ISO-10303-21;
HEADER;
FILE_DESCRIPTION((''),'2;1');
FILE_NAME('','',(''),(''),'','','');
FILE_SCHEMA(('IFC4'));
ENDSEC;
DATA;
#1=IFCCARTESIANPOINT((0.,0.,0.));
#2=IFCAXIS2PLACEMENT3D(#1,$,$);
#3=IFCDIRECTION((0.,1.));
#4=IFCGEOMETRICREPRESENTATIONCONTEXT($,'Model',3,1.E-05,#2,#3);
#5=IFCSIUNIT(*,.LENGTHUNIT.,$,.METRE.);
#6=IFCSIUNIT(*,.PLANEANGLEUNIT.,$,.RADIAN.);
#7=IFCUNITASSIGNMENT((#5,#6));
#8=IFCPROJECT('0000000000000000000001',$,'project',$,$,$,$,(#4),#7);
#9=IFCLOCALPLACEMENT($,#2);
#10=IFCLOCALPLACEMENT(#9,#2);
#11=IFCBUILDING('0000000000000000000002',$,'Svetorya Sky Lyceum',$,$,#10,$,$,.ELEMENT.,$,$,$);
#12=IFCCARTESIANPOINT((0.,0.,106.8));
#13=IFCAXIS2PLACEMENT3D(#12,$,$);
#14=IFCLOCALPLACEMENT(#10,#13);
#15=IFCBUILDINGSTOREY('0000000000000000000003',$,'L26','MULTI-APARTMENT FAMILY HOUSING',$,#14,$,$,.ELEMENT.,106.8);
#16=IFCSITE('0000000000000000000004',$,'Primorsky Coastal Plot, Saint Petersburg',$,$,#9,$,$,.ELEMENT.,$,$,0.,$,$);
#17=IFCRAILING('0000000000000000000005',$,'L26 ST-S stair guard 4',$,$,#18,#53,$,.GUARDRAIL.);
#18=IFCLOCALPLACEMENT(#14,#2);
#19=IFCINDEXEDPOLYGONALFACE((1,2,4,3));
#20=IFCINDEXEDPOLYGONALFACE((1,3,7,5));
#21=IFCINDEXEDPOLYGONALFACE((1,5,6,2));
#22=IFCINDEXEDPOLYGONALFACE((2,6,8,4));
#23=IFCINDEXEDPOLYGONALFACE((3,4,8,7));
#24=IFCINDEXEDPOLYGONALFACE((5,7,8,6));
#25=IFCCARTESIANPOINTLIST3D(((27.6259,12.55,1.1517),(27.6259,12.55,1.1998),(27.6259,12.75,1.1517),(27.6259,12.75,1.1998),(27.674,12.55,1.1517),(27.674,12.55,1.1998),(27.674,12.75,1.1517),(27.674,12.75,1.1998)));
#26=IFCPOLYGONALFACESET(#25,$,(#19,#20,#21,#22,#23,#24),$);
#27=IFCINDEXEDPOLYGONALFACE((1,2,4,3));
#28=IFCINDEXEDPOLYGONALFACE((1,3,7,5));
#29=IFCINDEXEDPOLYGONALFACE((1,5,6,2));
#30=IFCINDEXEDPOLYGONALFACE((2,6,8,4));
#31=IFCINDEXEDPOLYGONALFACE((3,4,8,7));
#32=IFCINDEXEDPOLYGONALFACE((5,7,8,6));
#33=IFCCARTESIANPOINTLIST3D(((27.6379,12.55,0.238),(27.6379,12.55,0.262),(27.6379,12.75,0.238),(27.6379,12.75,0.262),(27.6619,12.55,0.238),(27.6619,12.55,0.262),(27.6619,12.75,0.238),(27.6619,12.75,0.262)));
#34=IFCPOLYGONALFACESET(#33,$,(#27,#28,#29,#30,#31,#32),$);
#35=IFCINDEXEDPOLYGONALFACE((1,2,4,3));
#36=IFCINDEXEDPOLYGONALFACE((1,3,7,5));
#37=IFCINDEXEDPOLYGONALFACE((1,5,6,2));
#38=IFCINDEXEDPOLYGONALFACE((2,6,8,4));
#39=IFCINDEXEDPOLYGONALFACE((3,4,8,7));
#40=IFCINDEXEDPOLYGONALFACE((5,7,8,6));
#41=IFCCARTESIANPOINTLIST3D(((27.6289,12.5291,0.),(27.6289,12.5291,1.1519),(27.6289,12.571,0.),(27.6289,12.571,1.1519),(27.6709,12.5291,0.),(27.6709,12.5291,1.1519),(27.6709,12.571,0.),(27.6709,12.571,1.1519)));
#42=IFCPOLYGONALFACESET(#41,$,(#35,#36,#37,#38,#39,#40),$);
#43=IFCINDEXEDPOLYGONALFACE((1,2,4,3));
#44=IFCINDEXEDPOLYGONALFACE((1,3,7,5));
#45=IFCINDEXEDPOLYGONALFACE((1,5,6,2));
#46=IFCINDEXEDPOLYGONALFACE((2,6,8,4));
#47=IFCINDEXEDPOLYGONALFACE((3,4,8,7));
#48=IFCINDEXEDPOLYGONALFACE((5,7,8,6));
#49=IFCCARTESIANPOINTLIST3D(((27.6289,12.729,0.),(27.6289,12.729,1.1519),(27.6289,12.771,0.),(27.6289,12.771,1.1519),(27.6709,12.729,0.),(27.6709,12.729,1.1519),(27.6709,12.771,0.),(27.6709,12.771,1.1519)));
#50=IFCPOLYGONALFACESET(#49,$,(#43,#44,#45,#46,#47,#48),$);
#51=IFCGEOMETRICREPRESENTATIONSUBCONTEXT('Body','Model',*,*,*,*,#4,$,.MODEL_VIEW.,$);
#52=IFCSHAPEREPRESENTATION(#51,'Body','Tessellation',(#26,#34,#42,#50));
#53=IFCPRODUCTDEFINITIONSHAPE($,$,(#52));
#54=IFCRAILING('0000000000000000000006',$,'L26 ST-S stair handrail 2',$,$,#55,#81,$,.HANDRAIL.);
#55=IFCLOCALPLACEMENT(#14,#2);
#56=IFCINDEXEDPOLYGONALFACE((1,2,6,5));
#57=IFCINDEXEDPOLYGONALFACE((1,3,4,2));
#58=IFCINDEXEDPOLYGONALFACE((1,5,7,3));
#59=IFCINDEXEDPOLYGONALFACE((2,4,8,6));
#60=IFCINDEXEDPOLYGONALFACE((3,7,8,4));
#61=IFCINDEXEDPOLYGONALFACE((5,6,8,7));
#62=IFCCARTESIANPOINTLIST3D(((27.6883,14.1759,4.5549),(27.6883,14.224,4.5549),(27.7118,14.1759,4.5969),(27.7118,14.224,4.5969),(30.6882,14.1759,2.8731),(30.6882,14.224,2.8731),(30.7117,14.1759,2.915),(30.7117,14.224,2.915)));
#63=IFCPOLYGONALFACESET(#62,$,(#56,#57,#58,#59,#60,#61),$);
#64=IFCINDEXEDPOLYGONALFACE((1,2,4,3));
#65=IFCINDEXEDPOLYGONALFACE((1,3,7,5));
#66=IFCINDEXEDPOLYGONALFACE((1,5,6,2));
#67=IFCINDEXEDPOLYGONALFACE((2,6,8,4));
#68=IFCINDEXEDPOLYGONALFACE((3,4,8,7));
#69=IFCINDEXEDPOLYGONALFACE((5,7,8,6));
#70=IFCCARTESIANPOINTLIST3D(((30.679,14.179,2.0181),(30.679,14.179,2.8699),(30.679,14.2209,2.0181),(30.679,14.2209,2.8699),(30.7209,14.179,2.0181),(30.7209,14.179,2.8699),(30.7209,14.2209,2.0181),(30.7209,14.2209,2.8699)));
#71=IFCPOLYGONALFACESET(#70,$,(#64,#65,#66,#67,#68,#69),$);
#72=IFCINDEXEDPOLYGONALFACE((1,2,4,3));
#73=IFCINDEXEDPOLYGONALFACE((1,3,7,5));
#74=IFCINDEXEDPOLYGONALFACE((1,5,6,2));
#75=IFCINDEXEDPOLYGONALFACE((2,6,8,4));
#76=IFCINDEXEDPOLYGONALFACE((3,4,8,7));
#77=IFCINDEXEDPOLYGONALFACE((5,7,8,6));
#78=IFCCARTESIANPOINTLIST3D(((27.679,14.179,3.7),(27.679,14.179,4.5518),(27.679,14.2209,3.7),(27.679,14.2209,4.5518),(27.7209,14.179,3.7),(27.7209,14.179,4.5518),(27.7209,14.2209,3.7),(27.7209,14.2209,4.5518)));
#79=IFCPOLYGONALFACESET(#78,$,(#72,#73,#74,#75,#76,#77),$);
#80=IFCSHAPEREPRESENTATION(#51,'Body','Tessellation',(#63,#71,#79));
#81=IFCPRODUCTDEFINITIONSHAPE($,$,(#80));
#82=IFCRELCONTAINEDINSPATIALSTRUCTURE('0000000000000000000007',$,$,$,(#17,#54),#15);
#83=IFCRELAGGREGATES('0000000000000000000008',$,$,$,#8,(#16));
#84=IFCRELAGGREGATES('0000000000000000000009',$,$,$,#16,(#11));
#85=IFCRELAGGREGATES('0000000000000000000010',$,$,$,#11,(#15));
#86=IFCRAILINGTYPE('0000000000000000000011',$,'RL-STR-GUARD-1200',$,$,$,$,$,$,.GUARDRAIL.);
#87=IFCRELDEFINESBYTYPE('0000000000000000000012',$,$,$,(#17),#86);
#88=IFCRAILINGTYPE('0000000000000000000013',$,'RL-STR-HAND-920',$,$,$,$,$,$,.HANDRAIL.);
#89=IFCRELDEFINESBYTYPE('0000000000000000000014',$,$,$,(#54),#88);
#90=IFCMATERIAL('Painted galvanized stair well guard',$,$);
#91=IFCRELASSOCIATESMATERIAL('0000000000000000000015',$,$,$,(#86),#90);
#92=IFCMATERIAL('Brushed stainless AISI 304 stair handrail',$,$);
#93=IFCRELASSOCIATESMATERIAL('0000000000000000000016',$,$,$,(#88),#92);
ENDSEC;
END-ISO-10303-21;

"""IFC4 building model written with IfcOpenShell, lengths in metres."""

from ifc_helpers import new_model, si_unit, direction, frame, origin, origin_2d, place, context, subcontext, project, spatial, rectangle, extrude, material, type_object, element, save


model = new_model("IFC4")

# Units and contexts
model_context = context("Model", 3, precision=1e-05, world=origin(), true_north=direction((0.0, 1.0)))
body_context = subcontext(model_context, "Body", "Model", "MODEL_VIEW")
ifc_project = project(units=[si_unit("LENGTHUNIT", "METRE"), si_unit("PLANEANGLEUNIT", "RADIAN")], contexts=[model_context])

# Site, building, storey
site_placement = place(None, origin())
site = spatial("IfcSite", under=ifc_project, at=site_placement, Name="Primorsky Coastal Plot, Saint Petersburg", CompositionType="ELEMENT", RefElevation=0.0)
building_placement = place(site_placement, origin())
building = spatial("IfcBuilding", under=site, at=building_placement, Name="Svetorya Sky Lyceum", CompositionType="ELEMENT")
storey_placement = place(building_placement, frame((0.0, 0.0, 106.8)))
storey = spatial("IfcBuildingStorey", under=building, at=storey_placement, Name="L26", Description="MULTI-APARTMENT FAMILY HOUSING", CompositionType="ELEMENT", Elevation=106.8)

# Railings
ifc_material_1 = material(Name="Painted galvanized stair well guard")
railing_type_1 = type_object("IfcRailingType", Name="RL-STR-GUARD-1200", PredefinedType="GUARDRAIL", material=ifc_material_1)
railing_1_placement = place(storey_placement, frame((27.6499, 12.55, 0.0)))
element("IfcRailing", 1, at=railing_1_placement, inside=storey, type_object=railing_type_1, Name="L26 ST-S stair guard 4", PredefinedType="GUARDRAIL", context=body_context, shape_type="SweptSolid", body=[
    extrude(rectangle(XDim=0.0481, YDim=0.0481, at=origin_2d()), frame((0.0, 0.0, 1.1758), z_axis=(0.0, 1.0, 0.0), x_axis=(-1.0, 0.0, 0.0)), (0.0, 0.0, 1.0), 0.2),
    extrude(rectangle(XDim=0.0239, YDim=0.0239, at=origin_2d()), frame((0.0, 0.0, 0.25), z_axis=(0.0, 1.0, 0.0), x_axis=(-1.0, 0.0, 0.0)), (0.0, 0.0, 1.0), 0.2),
    extrude(rectangle(XDim=0.042, YDim=0.042, at=origin_2d()), origin(), (0.0, 0.0, 1.0), 1.1519),
    extrude(rectangle(XDim=0.042, YDim=0.042, at=origin_2d()), frame((0.0, 0.2, 0.0)), (0.0, 0.0, 1.0), 1.1519),
])
ifc_material_2 = material(Name="Brushed stainless AISI 304 stair handrail")
railing_type_2 = type_object("IfcRailingType", Name="RL-STR-HAND-920", PredefinedType="HANDRAIL", material=ifc_material_2)
railing_2_placement = place(storey_placement, frame((30.7, 14.2, 2.0181)))
element("IfcRailing", 2, at=railing_2_placement, inside=storey, type_object=railing_type_2, Name="L26 ST-S stair handrail 2", PredefinedType="HANDRAIL", context=body_context, shape_type="SweptSolid", body=[
    extrude(rectangle(XDim=0.0481, YDim=0.0481, at=origin_2d()), frame((0.0, 0.0, 0.876), z_axis=(-0.872272, 0.0, 0.48902), x_axis=(0.0, -1.0, 0.0)), (0.0, 0.0, 1.0), 3.4392),
    extrude(rectangle(XDim=0.042, YDim=0.042, at=origin_2d()), origin(), (0.0, 0.0, 1.0), 0.8518),
    extrude(rectangle(XDim=0.042, YDim=0.042, at=origin_2d()), frame((-3.0, 0.0, 1.6819)), (0.0, 0.0, 1.0), 0.8518),
])

save(model, "model.ifc")
